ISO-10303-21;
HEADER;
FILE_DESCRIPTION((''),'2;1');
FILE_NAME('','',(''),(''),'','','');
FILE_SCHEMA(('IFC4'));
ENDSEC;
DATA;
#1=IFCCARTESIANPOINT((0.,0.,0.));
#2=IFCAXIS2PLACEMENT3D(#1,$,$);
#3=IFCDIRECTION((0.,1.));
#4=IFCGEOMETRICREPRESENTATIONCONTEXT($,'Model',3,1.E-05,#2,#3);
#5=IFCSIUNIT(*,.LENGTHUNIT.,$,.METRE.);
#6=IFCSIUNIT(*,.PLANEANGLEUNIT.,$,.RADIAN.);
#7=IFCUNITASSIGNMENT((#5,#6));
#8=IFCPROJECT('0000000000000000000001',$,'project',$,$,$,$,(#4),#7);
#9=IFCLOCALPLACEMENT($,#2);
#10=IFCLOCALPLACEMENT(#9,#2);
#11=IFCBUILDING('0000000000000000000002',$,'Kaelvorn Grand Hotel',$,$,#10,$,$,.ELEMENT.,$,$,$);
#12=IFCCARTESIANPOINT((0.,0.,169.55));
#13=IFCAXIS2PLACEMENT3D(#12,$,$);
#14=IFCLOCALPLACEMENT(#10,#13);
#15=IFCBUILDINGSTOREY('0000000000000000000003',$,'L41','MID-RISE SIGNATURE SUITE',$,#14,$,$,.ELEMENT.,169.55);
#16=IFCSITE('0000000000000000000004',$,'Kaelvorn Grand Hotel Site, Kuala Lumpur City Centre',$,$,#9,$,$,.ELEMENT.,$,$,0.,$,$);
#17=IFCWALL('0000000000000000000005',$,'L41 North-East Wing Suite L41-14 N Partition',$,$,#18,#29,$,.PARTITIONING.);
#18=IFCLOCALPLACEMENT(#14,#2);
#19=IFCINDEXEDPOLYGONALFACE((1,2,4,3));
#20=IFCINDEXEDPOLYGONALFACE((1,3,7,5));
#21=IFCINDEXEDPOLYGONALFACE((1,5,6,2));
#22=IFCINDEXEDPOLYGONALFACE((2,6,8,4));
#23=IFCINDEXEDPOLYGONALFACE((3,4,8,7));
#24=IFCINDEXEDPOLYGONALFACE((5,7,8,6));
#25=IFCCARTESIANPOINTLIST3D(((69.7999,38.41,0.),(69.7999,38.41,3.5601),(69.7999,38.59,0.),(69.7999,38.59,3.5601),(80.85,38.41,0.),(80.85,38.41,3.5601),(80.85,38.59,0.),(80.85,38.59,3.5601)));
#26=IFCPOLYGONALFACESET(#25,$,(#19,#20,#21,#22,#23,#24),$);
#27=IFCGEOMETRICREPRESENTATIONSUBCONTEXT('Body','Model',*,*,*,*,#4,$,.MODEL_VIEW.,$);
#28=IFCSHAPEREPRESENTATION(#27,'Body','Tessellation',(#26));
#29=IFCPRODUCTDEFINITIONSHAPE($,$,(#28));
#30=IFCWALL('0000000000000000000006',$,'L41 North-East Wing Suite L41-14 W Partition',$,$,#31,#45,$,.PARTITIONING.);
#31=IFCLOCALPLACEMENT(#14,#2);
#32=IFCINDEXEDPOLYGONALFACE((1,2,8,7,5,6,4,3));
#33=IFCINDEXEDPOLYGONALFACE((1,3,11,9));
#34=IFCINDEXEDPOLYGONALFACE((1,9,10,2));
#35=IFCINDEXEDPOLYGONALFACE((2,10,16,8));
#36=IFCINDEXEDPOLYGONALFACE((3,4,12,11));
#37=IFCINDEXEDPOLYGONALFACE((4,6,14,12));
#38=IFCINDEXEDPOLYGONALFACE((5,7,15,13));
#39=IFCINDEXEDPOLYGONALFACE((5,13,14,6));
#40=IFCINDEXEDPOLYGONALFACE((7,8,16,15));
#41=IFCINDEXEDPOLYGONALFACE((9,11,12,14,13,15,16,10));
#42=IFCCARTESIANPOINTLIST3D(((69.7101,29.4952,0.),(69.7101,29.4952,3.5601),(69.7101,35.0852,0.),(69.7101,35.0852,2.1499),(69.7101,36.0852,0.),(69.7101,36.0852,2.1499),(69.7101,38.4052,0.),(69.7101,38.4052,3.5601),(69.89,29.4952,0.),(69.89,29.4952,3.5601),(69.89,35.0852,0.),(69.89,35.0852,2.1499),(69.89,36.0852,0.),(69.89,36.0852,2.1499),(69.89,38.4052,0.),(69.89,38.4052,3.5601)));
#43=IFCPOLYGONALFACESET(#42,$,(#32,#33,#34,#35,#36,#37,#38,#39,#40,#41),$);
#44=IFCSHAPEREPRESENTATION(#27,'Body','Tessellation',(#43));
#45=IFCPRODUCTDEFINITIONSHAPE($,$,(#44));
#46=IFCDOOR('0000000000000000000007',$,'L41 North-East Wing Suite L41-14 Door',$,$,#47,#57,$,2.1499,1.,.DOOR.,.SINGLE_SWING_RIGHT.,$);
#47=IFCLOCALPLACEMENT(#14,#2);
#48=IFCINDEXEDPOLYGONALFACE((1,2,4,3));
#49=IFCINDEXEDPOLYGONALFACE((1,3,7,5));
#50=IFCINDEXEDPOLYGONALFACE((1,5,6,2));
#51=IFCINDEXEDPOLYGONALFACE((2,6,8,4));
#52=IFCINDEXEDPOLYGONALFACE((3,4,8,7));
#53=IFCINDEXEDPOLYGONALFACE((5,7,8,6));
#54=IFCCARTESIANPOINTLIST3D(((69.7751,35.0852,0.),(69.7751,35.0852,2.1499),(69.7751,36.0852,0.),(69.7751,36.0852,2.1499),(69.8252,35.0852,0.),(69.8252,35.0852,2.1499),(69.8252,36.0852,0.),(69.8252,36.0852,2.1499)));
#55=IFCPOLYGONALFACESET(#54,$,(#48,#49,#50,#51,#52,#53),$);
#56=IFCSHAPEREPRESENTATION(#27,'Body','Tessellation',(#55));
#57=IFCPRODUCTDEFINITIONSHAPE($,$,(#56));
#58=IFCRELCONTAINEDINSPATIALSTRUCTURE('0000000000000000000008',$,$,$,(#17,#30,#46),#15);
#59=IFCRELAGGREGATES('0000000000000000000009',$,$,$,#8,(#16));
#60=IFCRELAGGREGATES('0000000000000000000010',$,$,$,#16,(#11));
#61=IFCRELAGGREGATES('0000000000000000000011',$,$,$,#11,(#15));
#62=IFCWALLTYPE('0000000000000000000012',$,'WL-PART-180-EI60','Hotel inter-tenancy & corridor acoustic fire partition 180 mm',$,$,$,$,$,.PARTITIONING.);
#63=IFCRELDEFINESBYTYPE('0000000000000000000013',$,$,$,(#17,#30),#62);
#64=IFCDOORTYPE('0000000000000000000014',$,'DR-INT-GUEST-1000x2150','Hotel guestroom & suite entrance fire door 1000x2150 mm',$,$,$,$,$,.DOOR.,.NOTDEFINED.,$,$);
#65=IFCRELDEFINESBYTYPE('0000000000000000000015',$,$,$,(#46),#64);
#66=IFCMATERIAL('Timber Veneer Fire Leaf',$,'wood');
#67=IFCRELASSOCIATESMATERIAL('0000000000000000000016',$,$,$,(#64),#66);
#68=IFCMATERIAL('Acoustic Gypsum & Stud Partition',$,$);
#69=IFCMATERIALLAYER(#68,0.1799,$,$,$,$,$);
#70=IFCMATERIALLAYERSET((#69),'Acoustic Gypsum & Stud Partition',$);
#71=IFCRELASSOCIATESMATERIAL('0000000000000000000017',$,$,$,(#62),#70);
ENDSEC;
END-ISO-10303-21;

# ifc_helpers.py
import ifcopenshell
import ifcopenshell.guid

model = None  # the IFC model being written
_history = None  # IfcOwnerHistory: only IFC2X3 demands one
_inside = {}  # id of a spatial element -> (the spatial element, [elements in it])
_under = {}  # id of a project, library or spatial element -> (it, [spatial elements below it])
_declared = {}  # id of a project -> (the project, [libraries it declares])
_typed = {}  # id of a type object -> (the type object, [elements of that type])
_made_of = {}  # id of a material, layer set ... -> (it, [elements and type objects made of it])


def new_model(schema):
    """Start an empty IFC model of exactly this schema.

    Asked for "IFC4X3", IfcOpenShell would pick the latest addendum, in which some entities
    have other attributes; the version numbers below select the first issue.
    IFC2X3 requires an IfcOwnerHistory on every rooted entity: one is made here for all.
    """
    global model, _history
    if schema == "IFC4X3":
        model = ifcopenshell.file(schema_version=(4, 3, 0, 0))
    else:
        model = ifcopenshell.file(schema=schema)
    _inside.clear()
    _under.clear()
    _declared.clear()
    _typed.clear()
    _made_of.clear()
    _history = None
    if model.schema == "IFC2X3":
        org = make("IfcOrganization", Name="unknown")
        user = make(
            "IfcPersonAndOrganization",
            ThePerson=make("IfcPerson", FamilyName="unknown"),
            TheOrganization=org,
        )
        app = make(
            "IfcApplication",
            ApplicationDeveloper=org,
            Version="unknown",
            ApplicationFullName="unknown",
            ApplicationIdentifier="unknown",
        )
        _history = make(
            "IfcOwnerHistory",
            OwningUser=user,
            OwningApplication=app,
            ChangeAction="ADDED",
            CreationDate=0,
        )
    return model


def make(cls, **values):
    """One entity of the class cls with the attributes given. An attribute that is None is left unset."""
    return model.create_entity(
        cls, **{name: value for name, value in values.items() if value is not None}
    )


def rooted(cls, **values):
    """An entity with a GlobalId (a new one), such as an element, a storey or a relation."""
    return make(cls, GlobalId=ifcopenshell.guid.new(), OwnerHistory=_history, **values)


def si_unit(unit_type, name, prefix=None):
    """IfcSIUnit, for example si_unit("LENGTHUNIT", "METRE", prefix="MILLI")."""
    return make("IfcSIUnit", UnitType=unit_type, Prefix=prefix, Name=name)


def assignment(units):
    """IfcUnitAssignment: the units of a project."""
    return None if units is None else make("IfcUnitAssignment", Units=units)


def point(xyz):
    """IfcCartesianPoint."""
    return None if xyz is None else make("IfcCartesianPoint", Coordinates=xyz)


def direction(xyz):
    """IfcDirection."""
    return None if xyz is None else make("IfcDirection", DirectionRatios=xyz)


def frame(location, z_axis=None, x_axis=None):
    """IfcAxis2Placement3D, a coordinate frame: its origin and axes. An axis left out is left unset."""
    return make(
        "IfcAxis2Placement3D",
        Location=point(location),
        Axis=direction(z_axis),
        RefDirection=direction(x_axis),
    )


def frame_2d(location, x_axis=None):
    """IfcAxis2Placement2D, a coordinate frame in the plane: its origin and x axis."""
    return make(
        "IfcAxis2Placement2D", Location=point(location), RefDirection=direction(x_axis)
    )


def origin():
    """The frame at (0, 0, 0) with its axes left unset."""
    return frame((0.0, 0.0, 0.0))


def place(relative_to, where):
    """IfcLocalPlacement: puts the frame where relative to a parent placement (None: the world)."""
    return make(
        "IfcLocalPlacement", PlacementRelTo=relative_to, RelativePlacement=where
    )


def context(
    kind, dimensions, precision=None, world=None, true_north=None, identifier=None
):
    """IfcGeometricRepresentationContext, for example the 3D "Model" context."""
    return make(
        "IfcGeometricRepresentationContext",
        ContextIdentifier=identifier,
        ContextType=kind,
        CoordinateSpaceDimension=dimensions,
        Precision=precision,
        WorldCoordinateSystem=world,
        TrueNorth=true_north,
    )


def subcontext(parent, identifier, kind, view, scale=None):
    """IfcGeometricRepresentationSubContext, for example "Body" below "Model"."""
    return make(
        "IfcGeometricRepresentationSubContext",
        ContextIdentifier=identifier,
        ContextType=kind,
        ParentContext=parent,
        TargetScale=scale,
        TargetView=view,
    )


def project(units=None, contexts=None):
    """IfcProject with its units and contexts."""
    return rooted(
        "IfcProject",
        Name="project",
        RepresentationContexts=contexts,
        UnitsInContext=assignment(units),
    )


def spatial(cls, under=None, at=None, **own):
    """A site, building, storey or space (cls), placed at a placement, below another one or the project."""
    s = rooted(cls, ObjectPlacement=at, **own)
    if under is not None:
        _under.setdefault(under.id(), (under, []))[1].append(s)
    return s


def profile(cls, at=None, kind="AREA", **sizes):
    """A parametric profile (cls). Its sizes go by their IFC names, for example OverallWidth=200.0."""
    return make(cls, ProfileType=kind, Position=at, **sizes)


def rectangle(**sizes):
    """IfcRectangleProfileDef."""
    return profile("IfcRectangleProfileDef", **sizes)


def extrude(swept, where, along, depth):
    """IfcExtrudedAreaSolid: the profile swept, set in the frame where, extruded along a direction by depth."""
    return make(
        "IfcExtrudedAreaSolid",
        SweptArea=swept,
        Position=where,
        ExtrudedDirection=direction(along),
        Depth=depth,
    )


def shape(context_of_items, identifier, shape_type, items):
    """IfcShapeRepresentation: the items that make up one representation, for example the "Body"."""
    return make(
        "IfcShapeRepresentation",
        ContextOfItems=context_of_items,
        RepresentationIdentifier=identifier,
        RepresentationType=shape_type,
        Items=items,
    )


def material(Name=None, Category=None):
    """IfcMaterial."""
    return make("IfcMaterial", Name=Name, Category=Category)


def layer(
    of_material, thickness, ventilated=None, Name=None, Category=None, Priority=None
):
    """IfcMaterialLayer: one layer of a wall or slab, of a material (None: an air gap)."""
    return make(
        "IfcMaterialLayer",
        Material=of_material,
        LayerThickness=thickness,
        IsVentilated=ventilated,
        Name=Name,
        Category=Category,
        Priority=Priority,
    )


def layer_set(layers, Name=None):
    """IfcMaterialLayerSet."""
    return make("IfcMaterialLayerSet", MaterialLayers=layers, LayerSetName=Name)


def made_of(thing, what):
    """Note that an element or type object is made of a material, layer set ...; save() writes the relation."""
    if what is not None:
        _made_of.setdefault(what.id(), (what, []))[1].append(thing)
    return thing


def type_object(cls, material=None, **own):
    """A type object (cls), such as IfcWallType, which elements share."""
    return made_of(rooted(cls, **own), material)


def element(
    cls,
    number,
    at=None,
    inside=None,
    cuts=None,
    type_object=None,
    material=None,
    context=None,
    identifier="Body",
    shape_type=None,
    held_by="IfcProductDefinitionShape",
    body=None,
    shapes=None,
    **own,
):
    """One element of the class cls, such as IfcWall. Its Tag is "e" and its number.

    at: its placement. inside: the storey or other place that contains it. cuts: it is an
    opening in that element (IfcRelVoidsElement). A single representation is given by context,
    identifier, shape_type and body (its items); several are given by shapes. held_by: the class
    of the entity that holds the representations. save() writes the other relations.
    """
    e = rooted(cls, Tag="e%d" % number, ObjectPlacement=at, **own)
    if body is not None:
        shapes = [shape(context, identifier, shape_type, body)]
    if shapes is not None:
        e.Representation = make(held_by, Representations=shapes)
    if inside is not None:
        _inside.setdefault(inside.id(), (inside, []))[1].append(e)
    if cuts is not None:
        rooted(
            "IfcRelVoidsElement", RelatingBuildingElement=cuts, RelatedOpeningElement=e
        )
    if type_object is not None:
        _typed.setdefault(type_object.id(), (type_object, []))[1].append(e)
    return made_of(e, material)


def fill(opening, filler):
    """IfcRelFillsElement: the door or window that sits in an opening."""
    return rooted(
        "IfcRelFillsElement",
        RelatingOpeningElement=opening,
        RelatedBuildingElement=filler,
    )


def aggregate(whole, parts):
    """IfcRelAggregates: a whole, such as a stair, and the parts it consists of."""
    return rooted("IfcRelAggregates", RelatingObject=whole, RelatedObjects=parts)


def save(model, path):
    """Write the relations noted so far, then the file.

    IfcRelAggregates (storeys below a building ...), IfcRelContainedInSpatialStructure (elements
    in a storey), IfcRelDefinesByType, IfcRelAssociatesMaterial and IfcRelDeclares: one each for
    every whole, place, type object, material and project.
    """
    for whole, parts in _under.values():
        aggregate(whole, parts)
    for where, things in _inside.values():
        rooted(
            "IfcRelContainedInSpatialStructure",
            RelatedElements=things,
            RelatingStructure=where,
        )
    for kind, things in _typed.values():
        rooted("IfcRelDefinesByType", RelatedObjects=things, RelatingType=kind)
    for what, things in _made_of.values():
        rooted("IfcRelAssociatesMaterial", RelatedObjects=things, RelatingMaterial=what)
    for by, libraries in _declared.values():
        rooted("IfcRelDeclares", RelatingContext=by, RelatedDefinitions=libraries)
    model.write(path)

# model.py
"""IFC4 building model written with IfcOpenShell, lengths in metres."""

from ifc_helpers import new_model, si_unit, direction, frame, frame_2d, origin, place, context, subcontext, project, spatial, rectangle, extrude, material, layer, layer_set, type_object, element, fill, save


model = new_model("IFC4")

# Units and contexts
model_context = context("Model", 3, precision=1e-05, world=origin(), true_north=direction((0.0, 1.0)))
body_context = subcontext(model_context, "Body", "Model", "MODEL_VIEW")
ifc_project = project(units=[si_unit("LENGTHUNIT", "METRE"), si_unit("PLANEANGLEUNIT", "RADIAN")], contexts=[model_context])

# Site, building, storey
site_placement = place(None, origin())
site = spatial("IfcSite", under=ifc_project, at=site_placement, Name="Kaelvorn Grand Hotel Site, Kuala Lumpur City Centre", CompositionType="ELEMENT", RefElevation=0.0)
building_placement = place(site_placement, origin())
building = spatial("IfcBuilding", under=site, at=building_placement, Name="Kaelvorn Grand Hotel", CompositionType="ELEMENT")
storey_placement = place(building_placement, frame((0.0, 0.0, 169.55)))
storey = spatial("IfcBuildingStorey", under=building, at=storey_placement, Name="L41", Description="MID-RISE SIGNATURE SUITE", CompositionType="ELEMENT", Elevation=169.55)

# Shared definitions
ifc_material_1 = material(Name="Acoustic Gypsum & Stud Partition")
ifc_material_2 = material(Name="Timber Veneer Fire Leaf", Category="wood")
door_type_1 = type_object("IfcDoorType", Name="DR-INT-GUEST-1000x2150", Description="Hotel guestroom & suite entrance fire door 1000x2150 mm", OperationType="NOTDEFINED", PredefinedType="DOOR", material=ifc_material_2)

# Wall
ifc_layer_1 = layer(ifc_material_1, 0.1799)
ifc_layer_set_1 = layer_set([ifc_layer_1], Name="Acoustic Gypsum & Stud Partition")
wall_type_1 = type_object("IfcWallType", Name="WL-PART-180-EI60", Description="Hotel inter-tenancy & corridor acoustic fire partition 180 mm", PredefinedType="PARTITIONING", material=ifc_layer_set_1)
wall_1_placement = place(storey_placement, frame((69.8, 38.5, 0.0), z_axis=(0.0, 0.0, 1.0), x_axis=(1.0, 0.0, 0.0)))
element("IfcWall", 1, at=wall_1_placement, inside=storey, type_object=wall_type_1, Name="L41 North-East Wing Suite L41-14 N Partition", PredefinedType="PARTITIONING", context=body_context, shape_type="SweptSolid", body=[
    extrude(rectangle(XDim=11.05, YDim=0.1799, at=frame_2d((5.5249, 0.0))), origin(), (0.0, 0.0, 1.0), 3.5601),
])

# Wall, opening, door
wall_2_placement = place(storey_placement, frame((69.8, 29.4951, 0.0), z_axis=(0.0, 0.0, 1.0), x_axis=(0.0, 1.0, 0.0)))
wall_2 = element("IfcWall", 2, at=wall_2_placement, inside=storey, type_object=wall_type_1, Name="L41 North-East Wing Suite L41-14 W Partition", PredefinedType="PARTITIONING", context=body_context, shape_type="SweptSolid", body=[
    extrude(rectangle(XDim=8.9099, YDim=0.1799, at=frame_2d((4.4551, 0.0))), origin(), (0.0, 0.0, 1.0), 3.5601),
])
opening_1_placement = place(wall_2_placement, frame((5.5901, 0.0, 0.0)))
opening_1 = element("IfcOpeningElement", 3, at=opening_1_placement, cuts=wall_2, PredefinedType="OPENING", context=body_context, shape_type="SweptSolid", body=[
    extrude(rectangle(XDim=1.0, YDim=2.1499, at=frame_2d((0.5, 1.075))), frame((0.0, 0.1001, 0.0), z_axis=(0.0, -1.0, 0.0), x_axis=(1.0, 0.0, 0.0)), (0.0, 0.0, 1.0), 0.2),
])
door_1_placement = place(opening_1_placement, origin())
door_1 = element("IfcDoor", 4, at=door_1_placement, inside=storey, type_object=door_type_1, Name="L41 North-East Wing Suite L41-14 Door", OperationType="SINGLE_SWING_RIGHT", OverallHeight=2.1499, OverallWidth=1.0, PredefinedType="DOOR", context=body_context, shape_type="SweptSolid", body=[
    extrude(rectangle(XDim=1.0, YDim=2.1499, at=frame_2d((0.5, 1.075))), frame((0.0, 0.0249, 0.0), z_axis=(0.0, -1.0, 0.0), x_axis=(1.0, 0.0, 0.0)), (0.0, 0.0, 1.0), 0.05),
])
fill(opening_1, door_1)

save(model, "model.ifc")
